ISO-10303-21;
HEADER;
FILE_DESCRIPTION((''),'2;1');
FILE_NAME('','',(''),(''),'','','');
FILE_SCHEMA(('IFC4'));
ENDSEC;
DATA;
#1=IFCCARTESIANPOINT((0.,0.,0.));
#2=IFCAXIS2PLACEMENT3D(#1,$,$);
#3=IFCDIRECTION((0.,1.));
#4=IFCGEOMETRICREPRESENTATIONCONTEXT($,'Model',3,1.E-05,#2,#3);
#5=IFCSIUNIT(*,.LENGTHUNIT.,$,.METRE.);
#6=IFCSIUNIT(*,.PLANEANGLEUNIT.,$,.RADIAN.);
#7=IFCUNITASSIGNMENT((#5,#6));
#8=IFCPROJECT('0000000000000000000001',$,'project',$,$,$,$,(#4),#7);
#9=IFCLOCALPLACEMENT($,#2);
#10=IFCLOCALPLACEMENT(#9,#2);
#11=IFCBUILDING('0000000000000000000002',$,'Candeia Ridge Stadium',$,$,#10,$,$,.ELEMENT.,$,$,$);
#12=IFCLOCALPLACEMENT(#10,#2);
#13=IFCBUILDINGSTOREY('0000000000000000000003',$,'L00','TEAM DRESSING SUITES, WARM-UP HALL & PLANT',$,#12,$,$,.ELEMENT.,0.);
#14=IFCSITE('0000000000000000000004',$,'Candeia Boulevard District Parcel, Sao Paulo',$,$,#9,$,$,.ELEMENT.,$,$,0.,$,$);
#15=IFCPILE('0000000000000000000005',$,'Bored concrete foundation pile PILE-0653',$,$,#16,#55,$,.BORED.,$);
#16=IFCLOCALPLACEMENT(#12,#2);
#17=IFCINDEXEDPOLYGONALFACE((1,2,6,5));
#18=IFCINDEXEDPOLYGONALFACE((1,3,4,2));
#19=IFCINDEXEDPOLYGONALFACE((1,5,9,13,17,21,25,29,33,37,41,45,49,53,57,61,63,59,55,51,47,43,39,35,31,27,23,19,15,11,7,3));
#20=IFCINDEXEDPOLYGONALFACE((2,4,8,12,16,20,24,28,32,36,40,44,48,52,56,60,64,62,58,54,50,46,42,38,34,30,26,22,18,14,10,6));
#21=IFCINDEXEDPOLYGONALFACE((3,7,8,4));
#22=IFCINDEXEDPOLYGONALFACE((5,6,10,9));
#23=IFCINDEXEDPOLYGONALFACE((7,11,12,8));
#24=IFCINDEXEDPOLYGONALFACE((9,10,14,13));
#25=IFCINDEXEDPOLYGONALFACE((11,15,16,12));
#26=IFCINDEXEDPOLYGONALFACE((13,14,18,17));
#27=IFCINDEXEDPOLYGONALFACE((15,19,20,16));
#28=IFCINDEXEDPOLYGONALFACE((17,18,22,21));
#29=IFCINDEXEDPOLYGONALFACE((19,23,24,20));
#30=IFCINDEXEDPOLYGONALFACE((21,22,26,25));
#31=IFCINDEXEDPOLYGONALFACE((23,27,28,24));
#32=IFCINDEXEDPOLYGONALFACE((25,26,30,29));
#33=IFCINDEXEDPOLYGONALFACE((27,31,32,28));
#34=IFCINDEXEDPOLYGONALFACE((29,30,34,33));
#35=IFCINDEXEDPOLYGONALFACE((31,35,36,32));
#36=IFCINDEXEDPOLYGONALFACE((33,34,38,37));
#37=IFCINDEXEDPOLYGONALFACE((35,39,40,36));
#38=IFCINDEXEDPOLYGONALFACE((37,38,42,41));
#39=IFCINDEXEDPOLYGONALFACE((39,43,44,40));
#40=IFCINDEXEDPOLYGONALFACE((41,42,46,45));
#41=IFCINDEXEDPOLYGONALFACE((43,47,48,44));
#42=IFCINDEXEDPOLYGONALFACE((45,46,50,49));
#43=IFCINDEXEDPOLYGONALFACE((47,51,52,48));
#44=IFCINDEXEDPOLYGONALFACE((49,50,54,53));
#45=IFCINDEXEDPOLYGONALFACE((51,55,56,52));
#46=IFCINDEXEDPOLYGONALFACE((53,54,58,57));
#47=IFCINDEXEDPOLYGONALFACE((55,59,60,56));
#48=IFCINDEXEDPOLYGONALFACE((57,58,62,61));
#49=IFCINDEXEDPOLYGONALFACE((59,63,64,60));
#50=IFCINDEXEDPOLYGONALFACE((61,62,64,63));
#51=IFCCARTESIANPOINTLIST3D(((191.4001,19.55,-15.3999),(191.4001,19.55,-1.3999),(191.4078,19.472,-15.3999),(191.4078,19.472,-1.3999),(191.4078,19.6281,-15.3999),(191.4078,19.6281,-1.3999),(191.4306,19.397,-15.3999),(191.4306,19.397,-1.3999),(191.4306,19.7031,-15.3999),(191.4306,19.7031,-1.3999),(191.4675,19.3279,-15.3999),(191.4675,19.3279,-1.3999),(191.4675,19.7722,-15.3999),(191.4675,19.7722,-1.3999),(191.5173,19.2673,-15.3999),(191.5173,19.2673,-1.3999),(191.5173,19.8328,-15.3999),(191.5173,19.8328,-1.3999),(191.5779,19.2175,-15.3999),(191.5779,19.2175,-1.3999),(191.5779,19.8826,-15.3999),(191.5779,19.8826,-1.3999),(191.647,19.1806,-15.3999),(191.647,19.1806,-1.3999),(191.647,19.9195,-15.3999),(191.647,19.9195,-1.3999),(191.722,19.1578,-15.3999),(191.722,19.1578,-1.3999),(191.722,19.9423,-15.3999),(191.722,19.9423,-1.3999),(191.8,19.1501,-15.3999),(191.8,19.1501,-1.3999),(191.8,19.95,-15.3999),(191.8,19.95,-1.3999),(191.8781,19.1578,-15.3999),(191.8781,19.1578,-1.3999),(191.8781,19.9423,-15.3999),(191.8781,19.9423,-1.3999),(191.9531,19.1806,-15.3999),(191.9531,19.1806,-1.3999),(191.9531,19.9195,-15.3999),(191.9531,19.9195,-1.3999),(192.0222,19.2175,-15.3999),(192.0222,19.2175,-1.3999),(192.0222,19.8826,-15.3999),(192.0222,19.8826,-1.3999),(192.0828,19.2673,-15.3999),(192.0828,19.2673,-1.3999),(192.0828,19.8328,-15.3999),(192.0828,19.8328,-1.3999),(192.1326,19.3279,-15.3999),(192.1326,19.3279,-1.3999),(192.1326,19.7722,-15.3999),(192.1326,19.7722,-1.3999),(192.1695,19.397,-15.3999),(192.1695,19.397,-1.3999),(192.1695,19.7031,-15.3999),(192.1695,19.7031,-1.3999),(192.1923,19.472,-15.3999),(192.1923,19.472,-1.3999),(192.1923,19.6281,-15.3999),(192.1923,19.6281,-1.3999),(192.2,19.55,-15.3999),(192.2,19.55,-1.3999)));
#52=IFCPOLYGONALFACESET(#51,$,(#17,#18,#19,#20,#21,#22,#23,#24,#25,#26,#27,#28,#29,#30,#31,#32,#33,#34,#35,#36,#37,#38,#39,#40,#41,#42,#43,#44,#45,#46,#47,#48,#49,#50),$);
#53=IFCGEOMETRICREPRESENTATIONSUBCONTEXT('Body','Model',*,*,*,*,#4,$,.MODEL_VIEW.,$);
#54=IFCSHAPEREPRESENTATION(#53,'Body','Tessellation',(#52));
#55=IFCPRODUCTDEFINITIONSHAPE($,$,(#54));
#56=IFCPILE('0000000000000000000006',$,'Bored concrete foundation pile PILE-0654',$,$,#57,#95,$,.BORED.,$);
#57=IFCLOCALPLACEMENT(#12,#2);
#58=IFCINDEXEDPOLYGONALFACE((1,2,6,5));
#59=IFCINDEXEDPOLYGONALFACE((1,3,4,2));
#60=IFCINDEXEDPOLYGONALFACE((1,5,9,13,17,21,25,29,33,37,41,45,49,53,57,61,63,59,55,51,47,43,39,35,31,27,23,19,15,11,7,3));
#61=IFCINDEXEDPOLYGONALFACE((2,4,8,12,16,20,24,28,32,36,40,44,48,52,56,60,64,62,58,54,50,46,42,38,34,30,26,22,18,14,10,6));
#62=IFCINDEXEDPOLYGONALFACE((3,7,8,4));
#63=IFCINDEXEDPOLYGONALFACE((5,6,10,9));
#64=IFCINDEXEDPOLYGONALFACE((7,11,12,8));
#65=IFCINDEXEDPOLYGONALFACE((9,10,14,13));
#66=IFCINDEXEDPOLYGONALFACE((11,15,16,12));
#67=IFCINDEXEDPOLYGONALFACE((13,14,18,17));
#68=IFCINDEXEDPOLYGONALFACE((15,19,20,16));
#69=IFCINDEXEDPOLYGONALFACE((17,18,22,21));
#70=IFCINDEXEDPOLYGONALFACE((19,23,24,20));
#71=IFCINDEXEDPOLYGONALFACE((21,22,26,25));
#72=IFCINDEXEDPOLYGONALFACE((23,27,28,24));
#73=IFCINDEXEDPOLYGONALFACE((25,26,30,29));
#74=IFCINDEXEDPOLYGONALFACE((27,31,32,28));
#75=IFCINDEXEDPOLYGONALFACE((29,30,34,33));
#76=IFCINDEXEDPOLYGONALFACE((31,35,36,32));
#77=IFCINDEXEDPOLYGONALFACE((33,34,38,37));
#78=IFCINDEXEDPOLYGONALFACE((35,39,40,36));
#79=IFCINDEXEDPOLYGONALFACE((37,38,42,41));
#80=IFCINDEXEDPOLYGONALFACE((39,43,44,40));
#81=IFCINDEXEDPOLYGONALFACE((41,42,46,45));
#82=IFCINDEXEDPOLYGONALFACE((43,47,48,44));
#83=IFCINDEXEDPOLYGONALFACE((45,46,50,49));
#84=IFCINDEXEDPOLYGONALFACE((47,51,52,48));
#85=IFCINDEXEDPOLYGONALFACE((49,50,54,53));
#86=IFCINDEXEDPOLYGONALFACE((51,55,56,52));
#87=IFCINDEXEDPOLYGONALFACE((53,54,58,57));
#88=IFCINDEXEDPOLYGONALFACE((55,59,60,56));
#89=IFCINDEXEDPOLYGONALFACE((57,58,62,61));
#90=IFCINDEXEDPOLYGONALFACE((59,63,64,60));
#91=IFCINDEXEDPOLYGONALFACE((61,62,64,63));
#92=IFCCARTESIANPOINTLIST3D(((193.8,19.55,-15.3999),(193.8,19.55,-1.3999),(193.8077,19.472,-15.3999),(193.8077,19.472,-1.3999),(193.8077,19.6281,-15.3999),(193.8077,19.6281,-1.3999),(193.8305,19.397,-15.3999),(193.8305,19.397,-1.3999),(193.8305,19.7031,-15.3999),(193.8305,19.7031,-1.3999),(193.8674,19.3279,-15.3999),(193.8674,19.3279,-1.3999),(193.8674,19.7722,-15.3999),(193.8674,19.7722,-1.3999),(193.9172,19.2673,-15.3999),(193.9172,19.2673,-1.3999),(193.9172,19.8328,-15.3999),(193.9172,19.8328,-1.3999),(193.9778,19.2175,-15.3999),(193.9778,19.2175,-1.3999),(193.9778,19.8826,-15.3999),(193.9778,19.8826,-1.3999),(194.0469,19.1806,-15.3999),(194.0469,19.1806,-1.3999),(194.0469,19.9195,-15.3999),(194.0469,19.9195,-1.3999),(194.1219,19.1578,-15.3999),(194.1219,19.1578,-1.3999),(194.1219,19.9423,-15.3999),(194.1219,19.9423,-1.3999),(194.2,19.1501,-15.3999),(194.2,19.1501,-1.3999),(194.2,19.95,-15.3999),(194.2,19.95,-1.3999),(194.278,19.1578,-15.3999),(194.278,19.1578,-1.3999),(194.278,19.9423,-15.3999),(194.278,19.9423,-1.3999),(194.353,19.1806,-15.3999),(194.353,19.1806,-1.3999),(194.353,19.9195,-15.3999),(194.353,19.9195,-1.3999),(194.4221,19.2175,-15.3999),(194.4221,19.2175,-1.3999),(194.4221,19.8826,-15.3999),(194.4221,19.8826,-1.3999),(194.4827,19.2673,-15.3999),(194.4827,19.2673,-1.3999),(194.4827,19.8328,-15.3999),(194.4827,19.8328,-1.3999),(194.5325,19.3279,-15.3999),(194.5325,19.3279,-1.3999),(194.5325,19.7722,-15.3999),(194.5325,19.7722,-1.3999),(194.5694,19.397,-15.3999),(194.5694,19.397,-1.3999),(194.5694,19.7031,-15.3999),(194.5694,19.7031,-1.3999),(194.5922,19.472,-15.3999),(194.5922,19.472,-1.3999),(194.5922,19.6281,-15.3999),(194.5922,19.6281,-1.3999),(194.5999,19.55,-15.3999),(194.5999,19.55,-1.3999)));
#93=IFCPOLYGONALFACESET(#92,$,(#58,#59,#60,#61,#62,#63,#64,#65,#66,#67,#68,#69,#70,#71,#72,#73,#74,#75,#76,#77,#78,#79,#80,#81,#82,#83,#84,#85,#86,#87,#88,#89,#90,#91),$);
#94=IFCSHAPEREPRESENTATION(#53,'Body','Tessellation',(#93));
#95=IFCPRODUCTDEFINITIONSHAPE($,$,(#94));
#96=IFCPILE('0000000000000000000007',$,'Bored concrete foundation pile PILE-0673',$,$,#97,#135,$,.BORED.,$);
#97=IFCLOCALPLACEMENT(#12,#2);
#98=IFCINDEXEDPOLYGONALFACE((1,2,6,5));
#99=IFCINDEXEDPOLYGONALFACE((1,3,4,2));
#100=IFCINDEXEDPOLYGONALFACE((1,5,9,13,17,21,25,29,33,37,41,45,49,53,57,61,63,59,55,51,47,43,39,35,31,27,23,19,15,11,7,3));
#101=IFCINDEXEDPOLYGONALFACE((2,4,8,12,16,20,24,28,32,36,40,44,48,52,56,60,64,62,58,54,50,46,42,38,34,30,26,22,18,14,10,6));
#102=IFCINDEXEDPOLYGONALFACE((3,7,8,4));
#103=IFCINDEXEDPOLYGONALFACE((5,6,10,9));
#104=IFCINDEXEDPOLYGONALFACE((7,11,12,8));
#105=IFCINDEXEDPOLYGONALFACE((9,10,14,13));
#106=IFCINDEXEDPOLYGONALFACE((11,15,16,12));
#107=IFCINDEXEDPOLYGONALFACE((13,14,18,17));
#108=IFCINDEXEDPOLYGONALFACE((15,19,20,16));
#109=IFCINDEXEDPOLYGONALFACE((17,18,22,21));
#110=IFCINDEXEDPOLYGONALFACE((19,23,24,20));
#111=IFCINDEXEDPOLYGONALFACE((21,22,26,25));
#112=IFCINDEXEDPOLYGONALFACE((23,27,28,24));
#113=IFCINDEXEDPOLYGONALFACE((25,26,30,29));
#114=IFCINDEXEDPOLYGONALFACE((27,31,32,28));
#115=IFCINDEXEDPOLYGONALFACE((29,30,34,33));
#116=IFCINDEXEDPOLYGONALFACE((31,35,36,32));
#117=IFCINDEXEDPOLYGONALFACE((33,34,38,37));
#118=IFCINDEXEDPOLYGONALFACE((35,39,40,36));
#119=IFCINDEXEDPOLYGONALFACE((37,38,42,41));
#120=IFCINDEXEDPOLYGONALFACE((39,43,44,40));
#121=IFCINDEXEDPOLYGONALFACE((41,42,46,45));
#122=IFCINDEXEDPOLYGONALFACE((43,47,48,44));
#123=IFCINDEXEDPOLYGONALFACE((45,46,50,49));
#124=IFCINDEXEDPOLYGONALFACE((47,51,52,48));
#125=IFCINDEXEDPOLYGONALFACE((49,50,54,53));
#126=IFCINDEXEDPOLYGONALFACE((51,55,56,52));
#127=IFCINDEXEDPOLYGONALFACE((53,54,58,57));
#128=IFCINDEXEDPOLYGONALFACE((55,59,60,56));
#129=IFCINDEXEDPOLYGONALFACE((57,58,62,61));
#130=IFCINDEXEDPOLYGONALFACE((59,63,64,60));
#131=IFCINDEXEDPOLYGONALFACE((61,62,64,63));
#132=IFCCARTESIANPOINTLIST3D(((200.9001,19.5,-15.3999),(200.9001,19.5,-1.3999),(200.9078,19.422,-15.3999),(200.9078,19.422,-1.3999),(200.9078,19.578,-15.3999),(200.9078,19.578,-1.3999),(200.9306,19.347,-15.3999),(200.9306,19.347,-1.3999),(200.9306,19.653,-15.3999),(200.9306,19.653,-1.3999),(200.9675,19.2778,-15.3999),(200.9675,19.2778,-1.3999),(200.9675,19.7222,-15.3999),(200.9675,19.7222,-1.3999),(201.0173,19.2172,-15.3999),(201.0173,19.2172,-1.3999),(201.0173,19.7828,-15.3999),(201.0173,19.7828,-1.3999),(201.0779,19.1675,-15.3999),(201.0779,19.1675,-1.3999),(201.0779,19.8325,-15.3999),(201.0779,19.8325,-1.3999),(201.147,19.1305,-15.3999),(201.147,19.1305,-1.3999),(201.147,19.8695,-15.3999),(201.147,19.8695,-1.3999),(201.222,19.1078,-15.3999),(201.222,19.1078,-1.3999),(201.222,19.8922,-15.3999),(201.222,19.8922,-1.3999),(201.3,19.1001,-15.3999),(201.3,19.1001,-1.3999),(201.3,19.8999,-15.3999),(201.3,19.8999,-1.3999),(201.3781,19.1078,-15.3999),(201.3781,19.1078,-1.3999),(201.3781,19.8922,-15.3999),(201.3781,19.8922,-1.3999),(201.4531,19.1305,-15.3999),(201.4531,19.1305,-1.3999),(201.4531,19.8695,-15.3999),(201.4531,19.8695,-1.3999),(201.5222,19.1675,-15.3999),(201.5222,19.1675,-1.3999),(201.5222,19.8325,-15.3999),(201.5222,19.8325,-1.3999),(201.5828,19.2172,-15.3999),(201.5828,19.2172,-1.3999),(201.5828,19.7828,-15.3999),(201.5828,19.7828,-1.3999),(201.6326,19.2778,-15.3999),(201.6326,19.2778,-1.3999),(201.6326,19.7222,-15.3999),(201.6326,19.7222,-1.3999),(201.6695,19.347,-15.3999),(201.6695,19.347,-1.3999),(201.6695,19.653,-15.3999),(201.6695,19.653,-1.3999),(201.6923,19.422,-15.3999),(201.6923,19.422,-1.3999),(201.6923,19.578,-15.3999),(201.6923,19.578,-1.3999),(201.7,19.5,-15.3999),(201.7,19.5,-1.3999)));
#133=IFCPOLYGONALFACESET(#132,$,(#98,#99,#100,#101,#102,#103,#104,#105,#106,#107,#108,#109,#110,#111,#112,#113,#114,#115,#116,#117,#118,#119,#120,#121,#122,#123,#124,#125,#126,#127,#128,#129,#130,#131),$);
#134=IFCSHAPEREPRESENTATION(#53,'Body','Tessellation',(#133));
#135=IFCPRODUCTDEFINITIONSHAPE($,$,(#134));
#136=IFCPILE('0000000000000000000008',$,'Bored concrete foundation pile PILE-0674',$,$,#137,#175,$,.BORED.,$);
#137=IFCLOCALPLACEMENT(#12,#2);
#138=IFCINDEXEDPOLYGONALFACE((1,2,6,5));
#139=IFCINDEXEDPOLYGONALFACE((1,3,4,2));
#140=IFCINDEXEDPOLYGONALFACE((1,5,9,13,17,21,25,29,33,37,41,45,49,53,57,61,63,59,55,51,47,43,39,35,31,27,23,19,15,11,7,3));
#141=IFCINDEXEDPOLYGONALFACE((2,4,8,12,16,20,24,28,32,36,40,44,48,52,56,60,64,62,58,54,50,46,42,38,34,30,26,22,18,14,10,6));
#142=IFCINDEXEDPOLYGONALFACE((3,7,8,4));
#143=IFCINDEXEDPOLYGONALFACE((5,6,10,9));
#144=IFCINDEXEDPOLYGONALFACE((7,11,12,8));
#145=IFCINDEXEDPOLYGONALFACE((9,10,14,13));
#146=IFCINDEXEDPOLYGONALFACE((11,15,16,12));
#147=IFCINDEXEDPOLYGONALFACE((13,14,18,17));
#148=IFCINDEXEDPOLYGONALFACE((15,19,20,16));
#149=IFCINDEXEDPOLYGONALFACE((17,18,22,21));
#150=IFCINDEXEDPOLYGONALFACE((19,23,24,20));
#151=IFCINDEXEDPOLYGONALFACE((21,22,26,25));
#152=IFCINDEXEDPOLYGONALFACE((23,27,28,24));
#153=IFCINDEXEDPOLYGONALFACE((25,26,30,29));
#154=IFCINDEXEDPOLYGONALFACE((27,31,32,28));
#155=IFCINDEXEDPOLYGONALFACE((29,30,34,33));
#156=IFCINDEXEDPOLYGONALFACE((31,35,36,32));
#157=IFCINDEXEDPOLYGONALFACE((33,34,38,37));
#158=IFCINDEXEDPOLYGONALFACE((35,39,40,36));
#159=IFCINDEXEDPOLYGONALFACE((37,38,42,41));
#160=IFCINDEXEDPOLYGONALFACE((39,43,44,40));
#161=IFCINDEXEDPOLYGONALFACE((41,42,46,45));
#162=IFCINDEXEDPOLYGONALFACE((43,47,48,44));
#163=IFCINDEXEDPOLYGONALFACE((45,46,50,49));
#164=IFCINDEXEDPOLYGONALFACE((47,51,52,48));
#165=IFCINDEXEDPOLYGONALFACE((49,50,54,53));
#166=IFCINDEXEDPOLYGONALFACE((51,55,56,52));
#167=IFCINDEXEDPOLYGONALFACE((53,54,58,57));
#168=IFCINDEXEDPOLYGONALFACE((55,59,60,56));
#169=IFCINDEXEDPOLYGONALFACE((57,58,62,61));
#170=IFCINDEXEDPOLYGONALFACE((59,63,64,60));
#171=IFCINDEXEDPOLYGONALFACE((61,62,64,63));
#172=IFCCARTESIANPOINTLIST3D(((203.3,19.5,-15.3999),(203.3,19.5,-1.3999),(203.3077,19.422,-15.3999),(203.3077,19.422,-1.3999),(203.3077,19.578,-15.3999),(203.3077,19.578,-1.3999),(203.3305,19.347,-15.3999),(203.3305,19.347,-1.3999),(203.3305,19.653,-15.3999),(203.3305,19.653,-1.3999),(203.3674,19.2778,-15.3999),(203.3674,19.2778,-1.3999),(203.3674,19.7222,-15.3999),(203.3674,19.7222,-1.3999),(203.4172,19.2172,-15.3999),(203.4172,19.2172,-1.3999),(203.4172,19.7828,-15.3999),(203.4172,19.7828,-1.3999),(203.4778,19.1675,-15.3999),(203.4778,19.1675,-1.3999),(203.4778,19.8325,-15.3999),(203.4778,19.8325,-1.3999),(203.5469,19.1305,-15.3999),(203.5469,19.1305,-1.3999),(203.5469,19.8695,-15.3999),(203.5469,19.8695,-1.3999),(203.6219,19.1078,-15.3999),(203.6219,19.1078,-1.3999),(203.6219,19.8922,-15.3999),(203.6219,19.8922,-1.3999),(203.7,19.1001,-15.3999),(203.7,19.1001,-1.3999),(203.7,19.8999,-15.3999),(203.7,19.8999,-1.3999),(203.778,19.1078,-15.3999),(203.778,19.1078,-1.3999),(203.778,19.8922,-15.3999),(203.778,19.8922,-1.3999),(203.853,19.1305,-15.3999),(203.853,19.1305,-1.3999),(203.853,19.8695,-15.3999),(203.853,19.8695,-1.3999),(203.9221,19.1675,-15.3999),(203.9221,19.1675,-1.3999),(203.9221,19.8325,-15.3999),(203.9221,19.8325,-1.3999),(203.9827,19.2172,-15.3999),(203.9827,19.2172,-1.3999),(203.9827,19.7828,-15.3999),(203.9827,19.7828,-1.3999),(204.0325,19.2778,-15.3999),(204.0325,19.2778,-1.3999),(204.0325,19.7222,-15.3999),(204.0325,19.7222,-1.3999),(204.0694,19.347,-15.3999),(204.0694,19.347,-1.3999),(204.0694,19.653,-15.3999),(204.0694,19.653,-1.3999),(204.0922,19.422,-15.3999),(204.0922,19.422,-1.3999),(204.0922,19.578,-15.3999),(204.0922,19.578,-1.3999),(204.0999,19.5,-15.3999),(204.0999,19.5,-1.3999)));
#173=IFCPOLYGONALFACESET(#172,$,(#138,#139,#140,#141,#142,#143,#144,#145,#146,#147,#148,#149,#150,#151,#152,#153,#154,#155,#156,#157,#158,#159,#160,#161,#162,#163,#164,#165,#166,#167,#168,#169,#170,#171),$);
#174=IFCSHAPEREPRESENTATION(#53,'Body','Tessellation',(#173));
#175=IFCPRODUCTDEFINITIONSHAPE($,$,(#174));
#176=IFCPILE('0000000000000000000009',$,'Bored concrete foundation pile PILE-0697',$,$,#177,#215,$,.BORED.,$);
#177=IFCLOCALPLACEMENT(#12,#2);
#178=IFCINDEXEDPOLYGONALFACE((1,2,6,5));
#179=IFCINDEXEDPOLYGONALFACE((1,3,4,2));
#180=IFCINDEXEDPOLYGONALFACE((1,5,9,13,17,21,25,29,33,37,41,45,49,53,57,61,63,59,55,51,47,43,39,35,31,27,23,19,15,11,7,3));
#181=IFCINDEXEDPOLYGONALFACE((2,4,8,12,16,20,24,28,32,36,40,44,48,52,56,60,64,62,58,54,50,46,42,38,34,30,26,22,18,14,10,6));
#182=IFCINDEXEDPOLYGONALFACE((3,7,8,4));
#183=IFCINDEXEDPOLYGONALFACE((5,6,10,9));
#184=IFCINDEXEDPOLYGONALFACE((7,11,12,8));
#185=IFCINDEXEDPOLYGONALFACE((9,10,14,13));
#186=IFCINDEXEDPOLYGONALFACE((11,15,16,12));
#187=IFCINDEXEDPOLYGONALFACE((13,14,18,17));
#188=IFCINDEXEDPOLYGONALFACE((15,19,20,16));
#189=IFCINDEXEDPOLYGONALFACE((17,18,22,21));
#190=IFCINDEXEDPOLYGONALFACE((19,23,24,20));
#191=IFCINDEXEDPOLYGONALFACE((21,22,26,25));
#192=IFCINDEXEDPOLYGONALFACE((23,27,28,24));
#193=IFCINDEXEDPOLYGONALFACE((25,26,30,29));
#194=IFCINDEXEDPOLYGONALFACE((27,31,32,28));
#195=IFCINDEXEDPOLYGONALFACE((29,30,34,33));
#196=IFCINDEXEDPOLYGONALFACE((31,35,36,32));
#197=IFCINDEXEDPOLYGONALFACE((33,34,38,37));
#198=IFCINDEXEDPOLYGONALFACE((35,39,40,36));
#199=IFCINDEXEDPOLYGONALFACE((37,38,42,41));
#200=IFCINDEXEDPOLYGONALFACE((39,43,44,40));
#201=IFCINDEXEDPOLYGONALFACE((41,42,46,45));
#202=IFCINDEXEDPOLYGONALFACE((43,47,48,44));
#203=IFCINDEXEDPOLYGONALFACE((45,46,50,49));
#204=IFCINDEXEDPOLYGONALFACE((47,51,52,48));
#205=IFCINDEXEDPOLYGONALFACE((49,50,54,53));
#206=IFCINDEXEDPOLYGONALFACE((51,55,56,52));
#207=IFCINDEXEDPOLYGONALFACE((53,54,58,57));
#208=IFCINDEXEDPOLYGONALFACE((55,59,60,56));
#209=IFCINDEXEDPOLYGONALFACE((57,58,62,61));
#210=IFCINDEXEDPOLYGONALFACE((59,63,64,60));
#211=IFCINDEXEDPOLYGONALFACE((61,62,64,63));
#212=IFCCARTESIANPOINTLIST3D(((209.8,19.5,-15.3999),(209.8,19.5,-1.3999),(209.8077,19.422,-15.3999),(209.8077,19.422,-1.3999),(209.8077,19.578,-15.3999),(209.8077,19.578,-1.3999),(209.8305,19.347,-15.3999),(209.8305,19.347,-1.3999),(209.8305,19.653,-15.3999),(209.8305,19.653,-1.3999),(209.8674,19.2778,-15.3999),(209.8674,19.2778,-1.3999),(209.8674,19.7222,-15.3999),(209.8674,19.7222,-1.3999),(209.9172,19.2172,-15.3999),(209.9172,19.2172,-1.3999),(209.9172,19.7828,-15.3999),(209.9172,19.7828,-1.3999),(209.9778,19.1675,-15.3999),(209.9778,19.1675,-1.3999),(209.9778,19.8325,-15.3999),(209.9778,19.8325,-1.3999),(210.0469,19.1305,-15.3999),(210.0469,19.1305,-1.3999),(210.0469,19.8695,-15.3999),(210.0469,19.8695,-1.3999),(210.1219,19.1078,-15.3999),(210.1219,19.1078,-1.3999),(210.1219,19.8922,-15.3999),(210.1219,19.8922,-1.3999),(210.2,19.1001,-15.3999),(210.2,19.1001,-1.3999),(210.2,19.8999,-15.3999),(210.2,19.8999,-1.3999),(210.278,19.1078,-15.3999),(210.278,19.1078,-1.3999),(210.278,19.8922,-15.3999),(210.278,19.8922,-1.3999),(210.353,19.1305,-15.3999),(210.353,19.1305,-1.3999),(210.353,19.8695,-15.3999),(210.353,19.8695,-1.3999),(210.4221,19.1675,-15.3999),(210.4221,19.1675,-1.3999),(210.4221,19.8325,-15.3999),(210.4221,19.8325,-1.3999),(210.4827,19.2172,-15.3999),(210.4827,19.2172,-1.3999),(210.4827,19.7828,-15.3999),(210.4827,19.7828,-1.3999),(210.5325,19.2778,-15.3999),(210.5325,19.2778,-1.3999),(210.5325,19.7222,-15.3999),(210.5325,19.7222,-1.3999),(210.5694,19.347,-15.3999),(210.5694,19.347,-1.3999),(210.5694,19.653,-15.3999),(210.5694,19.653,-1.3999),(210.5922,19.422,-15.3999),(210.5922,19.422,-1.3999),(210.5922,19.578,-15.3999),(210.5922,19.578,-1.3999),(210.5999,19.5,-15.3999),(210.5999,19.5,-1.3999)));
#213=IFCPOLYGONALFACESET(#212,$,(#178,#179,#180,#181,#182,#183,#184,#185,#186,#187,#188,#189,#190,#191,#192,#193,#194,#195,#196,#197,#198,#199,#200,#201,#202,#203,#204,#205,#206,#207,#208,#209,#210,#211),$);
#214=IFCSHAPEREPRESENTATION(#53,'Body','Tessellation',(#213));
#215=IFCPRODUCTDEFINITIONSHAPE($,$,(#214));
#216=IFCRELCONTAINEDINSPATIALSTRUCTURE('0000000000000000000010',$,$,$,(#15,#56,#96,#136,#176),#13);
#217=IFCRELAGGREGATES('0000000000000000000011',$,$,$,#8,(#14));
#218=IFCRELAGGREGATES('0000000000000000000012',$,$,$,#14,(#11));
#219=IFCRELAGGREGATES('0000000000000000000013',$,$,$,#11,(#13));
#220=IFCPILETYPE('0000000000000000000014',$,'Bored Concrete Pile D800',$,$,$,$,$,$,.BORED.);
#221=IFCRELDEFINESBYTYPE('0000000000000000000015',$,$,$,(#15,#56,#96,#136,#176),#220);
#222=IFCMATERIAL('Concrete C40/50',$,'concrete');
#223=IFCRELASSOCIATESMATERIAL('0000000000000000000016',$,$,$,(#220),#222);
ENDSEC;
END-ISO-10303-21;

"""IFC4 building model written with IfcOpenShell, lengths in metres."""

from ifc_helpers import new_model, si_unit, direction, frame, origin, origin_2d, place, context, subcontext, project, spatial, circle, extrude, material, material_profile, profile_set, type_object, element, save


model = new_model("IFC4")

# Units and contexts
model_context = context("Model", 3, precision=1e-05, world=origin(), true_north=direction((0.0, 1.0)))
body_context = subcontext(model_context, "Body", "Model", "MODEL_VIEW")
ifc_project = project(units=[si_unit("LENGTHUNIT", "METRE"), si_unit("PLANEANGLEUNIT", "RADIAN")], contexts=[model_context])

# Site, building, storey
site_placement = place(None, origin())
site = spatial("IfcSite", under=ifc_project, at=site_placement, Name="Candeia Boulevard District Parcel, Sao Paulo", CompositionType="ELEMENT", RefElevation=0.0)
building_placement = place(site_placement, origin())
building = spatial("IfcBuilding", under=site, at=building_placement, Name="Candeia Ridge Stadium", CompositionType="ELEMENT")
storey_placement = place(building_placement, origin())
storey = spatial("IfcBuildingStorey", under=building, at=storey_placement, Name="L00", Description="TEAM DRESSING SUITES, WARM-UP HALL & PLANT", CompositionType="ELEMENT", Elevation=0.0)

# Piles
ifc_material_1 = material(Name="Concrete C40/50", Category="concrete")
ifc_material_profile_1 = material_profile(ifc_material_1, circle(Radius=0.3999, at=origin_2d()), Name="PILE-D800", Category="concrete")
ifc_profile_set_1 = profile_set([ifc_material_profile_1], Name="Concrete C40/50")
pile_type = type_object("IfcPileType", Name="Bored Concrete Pile D800", PredefinedType="BORED", material=ifc_profile_set_1)
for number, where, z_axis, x_axis, name in (
    (1, (191.8, 19.55, -1.3999), (0.0, 0.0, -1.0), (1.0, 0.0, 0.0), "Bored concrete foundation pile PILE-0653"),
    (2, (194.2, 19.55, -1.3999), (0.0, 0.0, -1.0), (1.0, 0.0, 0.0), "Bored concrete foundation pile PILE-0654"),
    (3, (201.3, 19.5, -1.3999), (0.0, 0.0, -1.0), (1.0, 0.0, 0.0), "Bored concrete foundation pile PILE-0673"),
    (4, (203.7, 19.5, -1.3999), (0.0, 0.0, -1.0), (1.0, 0.0, 0.0), "Bored concrete foundation pile PILE-0674"),
    (5, (210.2, 19.5, -1.3999), (0.0, 0.0, -1.0), (1.0, 0.0, 0.0), "Bored concrete foundation pile PILE-0697"),
):
    element("IfcPile", number, at=place(storey_placement, frame(where, z_axis=z_axis, x_axis=x_axis)), inside=storey, type_object=pile_type, Name=name, PredefinedType="BORED", context=body_context, shape_type="SweptSolid", body=[
        extrude(circle(Radius=0.3999, at=origin_2d()), origin(), (0.0, 0.0, 1.0), 14.0),
    ])

save(model, "model.ifc")
